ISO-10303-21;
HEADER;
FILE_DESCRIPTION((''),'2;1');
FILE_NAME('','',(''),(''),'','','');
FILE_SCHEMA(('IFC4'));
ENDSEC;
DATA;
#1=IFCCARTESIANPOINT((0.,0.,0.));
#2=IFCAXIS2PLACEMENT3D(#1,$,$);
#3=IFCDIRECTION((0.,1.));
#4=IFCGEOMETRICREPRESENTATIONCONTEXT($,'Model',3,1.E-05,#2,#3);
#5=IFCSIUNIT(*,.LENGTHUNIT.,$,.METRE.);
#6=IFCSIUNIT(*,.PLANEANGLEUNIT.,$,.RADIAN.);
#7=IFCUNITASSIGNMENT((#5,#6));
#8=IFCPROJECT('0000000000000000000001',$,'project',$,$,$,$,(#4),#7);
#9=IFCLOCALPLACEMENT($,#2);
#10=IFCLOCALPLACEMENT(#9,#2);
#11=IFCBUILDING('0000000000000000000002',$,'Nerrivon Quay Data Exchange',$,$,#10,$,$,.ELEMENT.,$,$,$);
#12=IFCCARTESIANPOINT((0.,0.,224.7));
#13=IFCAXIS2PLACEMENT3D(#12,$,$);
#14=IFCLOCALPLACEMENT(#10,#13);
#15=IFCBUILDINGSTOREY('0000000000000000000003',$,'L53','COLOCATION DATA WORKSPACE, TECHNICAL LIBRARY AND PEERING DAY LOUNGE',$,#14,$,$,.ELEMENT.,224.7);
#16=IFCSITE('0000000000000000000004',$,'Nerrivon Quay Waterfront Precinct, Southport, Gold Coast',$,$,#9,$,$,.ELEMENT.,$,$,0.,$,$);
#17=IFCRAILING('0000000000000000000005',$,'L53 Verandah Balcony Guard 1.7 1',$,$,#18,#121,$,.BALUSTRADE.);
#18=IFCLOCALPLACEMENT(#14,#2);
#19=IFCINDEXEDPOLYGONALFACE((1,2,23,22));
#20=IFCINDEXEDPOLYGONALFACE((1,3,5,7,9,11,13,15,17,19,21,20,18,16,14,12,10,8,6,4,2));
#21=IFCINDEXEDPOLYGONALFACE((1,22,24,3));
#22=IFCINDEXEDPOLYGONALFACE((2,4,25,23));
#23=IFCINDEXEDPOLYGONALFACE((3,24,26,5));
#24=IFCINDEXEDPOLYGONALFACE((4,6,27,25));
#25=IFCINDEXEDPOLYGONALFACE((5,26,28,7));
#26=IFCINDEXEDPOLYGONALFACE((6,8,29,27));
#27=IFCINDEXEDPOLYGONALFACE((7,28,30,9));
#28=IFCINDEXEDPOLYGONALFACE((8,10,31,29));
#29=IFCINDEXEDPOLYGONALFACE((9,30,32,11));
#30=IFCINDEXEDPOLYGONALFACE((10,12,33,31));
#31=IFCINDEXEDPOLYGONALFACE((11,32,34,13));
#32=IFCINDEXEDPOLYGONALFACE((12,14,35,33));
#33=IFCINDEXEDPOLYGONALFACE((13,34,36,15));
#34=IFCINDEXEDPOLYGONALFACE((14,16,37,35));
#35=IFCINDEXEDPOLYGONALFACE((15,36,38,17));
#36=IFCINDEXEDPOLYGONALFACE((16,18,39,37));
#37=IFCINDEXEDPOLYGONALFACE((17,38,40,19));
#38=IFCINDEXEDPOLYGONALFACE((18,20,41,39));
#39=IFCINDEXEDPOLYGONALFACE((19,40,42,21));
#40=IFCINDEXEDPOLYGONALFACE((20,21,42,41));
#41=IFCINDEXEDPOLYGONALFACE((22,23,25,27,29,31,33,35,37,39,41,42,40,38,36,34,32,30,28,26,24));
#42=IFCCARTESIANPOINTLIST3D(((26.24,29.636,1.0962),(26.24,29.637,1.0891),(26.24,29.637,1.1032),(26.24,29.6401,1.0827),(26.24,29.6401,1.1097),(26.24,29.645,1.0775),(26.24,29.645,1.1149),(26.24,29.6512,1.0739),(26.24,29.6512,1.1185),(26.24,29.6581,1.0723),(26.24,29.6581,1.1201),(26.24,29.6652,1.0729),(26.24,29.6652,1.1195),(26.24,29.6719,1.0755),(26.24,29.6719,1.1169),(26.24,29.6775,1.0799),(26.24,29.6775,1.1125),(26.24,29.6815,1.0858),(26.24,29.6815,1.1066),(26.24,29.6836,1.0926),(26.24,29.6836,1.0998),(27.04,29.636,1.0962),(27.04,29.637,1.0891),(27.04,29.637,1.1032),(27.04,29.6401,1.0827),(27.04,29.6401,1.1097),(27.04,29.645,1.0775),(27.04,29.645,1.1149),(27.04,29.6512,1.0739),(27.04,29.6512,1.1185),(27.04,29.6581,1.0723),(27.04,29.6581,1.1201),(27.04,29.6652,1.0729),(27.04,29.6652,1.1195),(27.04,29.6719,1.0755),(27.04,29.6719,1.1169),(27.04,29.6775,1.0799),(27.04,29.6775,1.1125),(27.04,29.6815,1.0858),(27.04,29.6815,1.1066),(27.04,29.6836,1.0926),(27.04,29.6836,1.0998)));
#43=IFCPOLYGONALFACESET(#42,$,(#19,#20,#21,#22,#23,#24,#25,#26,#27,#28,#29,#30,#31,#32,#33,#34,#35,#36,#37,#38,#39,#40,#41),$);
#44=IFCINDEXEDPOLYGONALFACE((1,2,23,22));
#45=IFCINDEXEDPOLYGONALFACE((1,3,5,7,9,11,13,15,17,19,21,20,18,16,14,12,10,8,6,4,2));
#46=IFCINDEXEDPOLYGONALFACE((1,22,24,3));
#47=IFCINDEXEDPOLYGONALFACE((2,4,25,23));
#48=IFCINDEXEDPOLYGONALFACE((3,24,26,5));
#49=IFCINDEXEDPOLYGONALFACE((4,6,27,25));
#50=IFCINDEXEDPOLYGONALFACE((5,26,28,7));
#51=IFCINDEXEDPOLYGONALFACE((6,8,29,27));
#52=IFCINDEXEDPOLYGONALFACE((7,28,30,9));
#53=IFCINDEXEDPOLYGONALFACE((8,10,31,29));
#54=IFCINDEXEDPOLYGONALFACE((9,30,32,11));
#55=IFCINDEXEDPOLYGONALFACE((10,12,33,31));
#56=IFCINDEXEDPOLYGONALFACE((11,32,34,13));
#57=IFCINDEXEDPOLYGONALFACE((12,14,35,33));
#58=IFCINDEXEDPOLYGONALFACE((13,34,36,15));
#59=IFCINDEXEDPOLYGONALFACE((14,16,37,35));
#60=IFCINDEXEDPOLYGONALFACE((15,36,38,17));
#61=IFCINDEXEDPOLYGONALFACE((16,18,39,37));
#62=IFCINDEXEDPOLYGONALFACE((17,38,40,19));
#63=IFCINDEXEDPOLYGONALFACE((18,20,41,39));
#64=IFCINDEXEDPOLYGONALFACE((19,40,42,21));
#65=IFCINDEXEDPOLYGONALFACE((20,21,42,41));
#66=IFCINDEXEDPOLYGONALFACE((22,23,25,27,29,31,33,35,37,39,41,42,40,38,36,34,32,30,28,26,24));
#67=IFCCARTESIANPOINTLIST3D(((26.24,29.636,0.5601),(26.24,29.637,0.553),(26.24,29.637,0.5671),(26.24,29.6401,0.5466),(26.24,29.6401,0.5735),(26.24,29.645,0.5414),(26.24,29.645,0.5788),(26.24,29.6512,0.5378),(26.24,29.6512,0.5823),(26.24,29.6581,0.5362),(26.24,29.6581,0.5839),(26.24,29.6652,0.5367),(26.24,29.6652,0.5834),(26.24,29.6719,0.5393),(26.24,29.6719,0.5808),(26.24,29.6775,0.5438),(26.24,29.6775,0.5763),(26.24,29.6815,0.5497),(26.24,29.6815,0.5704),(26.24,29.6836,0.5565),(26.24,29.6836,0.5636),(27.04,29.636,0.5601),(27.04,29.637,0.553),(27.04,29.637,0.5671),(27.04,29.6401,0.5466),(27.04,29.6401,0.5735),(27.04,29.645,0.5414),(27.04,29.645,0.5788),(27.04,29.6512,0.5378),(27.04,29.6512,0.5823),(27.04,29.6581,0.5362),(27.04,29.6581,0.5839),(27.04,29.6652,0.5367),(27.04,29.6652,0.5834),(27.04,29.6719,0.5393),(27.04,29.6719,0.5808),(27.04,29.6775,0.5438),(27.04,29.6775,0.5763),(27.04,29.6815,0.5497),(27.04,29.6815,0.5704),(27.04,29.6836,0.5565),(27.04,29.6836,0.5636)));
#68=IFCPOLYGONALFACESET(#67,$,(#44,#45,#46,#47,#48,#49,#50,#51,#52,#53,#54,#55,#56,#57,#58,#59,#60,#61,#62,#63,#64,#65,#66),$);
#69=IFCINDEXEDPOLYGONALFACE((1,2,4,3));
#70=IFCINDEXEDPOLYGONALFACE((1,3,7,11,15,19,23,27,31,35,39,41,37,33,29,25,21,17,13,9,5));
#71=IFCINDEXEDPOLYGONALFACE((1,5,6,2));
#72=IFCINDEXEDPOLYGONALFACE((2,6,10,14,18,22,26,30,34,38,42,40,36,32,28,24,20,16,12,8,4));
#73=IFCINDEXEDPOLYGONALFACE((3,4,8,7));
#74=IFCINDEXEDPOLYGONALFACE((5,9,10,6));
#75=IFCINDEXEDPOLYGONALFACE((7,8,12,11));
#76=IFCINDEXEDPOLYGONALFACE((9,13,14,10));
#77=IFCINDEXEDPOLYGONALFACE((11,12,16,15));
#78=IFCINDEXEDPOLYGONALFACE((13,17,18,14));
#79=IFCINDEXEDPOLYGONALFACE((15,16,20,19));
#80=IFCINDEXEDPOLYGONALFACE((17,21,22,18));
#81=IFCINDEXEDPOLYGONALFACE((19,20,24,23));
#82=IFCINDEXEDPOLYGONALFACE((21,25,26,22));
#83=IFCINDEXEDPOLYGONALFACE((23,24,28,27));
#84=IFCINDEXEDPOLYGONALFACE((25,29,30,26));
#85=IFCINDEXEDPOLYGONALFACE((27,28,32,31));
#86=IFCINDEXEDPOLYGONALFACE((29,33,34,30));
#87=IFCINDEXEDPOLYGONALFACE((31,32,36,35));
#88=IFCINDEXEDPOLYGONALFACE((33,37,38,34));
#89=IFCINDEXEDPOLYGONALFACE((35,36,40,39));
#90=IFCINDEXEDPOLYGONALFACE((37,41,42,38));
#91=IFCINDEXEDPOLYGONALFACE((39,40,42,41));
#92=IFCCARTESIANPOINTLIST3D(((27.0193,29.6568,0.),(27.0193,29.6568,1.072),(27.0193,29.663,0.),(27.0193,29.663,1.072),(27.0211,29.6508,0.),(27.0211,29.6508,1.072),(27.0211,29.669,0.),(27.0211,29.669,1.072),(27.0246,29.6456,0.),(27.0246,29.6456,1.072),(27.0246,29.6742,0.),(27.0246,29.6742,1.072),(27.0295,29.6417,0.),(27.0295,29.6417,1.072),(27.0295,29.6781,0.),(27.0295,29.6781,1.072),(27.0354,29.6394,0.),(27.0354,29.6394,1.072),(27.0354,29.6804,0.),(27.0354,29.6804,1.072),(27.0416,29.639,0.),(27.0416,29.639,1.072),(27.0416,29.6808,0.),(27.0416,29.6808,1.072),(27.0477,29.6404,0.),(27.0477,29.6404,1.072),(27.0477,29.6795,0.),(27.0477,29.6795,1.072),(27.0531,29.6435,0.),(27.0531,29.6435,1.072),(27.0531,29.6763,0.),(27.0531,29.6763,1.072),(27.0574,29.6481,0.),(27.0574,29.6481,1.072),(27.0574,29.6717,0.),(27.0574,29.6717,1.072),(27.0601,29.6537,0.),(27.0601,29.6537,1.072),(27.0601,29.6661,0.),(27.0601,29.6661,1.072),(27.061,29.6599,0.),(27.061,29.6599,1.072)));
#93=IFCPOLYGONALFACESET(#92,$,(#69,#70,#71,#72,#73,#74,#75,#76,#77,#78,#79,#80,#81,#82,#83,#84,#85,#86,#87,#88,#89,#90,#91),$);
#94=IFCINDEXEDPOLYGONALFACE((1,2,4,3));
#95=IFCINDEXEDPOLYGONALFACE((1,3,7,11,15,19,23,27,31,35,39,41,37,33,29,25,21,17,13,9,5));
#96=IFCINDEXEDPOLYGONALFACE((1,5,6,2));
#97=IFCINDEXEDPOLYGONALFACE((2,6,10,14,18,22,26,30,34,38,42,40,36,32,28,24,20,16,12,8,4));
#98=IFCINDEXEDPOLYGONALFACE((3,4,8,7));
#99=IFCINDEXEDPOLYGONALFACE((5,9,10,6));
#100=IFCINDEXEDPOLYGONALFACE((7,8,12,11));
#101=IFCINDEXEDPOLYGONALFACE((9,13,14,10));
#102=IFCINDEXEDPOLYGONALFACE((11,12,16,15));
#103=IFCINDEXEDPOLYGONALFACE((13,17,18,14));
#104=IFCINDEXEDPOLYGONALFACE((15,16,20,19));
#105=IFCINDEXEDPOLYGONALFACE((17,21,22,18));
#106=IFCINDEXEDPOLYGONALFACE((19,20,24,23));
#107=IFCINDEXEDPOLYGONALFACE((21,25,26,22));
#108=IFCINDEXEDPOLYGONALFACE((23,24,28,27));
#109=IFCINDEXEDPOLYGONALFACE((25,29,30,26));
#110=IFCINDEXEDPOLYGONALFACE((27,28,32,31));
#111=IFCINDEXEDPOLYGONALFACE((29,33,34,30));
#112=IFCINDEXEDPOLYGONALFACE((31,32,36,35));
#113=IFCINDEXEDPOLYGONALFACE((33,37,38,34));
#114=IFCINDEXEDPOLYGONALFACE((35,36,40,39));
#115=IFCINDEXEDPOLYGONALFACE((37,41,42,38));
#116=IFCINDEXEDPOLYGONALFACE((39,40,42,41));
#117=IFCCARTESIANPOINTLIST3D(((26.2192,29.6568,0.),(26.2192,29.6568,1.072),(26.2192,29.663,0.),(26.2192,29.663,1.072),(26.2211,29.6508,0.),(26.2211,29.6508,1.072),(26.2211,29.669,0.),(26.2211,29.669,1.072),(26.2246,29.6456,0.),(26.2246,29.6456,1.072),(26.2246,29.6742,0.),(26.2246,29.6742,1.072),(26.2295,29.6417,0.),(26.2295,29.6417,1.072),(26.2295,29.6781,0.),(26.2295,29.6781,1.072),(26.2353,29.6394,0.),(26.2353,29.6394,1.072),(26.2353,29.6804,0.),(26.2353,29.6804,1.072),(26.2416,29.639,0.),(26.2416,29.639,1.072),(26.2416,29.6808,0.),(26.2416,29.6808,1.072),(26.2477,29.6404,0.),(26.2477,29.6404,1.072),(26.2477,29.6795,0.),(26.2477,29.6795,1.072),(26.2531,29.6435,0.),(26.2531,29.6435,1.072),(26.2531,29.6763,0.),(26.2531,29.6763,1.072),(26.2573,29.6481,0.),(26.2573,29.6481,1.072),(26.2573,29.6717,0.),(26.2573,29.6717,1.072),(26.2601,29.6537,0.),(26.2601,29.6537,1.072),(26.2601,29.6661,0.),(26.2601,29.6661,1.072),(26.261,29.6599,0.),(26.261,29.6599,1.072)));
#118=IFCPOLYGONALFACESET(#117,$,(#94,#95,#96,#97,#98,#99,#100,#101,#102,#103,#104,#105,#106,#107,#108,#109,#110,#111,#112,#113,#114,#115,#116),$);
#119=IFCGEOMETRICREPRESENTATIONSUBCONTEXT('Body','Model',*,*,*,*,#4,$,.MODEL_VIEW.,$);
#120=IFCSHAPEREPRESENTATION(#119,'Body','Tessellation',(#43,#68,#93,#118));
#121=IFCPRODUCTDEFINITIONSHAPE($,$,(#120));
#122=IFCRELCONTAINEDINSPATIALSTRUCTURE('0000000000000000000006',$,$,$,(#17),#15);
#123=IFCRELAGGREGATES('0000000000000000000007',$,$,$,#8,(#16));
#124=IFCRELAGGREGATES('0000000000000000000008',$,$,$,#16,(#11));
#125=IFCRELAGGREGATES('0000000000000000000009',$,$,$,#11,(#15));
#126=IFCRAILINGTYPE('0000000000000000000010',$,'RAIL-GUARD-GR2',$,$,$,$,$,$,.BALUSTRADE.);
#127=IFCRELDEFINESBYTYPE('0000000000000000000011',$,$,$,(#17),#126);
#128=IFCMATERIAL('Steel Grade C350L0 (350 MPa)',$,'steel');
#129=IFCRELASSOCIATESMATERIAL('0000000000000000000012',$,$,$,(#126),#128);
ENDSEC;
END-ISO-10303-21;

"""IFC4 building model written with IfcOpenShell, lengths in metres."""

from ifc_helpers import new_model, si_unit, direction, frame, origin, origin_2d, place, context, subcontext, project, spatial, circle, extrude, material, type_object, element, save


model = new_model("IFC4")

# Units and contexts
model_context = context("Model", 3, precision=1e-05, world=origin(), true_north=direction((0.0, 1.0)))
body_context = subcontext(model_context, "Body", "Model", "MODEL_VIEW")
ifc_project = project(units=[si_unit("LENGTHUNIT", "METRE"), si_unit("PLANEANGLEUNIT", "RADIAN")], contexts=[model_context])

# Site, building, storey
site_placement = place(None, origin())
site = spatial("IfcSite", under=ifc_project, at=site_placement, Name="Nerrivon Quay Waterfront Precinct, Southport, Gold Coast", CompositionType="ELEMENT", RefElevation=0.0)
building_placement = place(site_placement, origin())
building = spatial("IfcBuilding", under=site, at=building_placement, Name="Nerrivon Quay Data Exchange", CompositionType="ELEMENT")
storey_placement = place(building_placement, frame((0.0, 0.0, 224.7)))
storey = spatial("IfcBuildingStorey", under=building, at=storey_placement, Name="L53", Description="COLOCATION DATA WORKSPACE, TECHNICAL LIBRARY AND PEERING DAY LOUNGE", CompositionType="ELEMENT", Elevation=224.7)

# Shared definitions
ifc_material_1 = material(Name="Steel Grade C350L0 (350 MPa)", Category="steel")

# Railing
railing_type = type_object("IfcRailingType", Name="RAIL-GUARD-GR2", PredefinedType="BALUSTRADE", material=ifc_material_1)
railing_1_placement = place(storey_placement, frame((27.04, 29.6599, 0.0)))
element("IfcRailing", 1, at=railing_1_placement, inside=storey, type_object=railing_type, Name="L53 Verandah Balcony Guard 1.7 1", PredefinedType="BALUSTRADE", context=body_context, shape_type="SweptSolid", body=[
    extrude(circle(Radius=0.0239, at=origin_2d()), frame((0.0, 0.0, 1.0962), z_axis=(-1.0, 0.0, 0.0), x_axis=(0.0, -1.0, 0.0)), (0.0, 0.0, 1.0), 0.8),
    extrude(circle(Radius=0.0239, at=origin_2d()), frame((0.0, 0.0, 0.5601), z_axis=(-1.0, 0.0, 0.0), x_axis=(0.0, -1.0, 0.0)), (0.0, 0.0, 1.0), 0.8),
    extrude(circle(Radius=0.021, at=origin_2d()), origin(), (0.0, 0.0, 1.0), 1.072),
    extrude(circle(Radius=0.021, at=origin_2d()), frame((-0.8, 0.0, 0.0)), (0.0, 0.0, 1.0), 1.072),
])

save(model, "model.ifc")
